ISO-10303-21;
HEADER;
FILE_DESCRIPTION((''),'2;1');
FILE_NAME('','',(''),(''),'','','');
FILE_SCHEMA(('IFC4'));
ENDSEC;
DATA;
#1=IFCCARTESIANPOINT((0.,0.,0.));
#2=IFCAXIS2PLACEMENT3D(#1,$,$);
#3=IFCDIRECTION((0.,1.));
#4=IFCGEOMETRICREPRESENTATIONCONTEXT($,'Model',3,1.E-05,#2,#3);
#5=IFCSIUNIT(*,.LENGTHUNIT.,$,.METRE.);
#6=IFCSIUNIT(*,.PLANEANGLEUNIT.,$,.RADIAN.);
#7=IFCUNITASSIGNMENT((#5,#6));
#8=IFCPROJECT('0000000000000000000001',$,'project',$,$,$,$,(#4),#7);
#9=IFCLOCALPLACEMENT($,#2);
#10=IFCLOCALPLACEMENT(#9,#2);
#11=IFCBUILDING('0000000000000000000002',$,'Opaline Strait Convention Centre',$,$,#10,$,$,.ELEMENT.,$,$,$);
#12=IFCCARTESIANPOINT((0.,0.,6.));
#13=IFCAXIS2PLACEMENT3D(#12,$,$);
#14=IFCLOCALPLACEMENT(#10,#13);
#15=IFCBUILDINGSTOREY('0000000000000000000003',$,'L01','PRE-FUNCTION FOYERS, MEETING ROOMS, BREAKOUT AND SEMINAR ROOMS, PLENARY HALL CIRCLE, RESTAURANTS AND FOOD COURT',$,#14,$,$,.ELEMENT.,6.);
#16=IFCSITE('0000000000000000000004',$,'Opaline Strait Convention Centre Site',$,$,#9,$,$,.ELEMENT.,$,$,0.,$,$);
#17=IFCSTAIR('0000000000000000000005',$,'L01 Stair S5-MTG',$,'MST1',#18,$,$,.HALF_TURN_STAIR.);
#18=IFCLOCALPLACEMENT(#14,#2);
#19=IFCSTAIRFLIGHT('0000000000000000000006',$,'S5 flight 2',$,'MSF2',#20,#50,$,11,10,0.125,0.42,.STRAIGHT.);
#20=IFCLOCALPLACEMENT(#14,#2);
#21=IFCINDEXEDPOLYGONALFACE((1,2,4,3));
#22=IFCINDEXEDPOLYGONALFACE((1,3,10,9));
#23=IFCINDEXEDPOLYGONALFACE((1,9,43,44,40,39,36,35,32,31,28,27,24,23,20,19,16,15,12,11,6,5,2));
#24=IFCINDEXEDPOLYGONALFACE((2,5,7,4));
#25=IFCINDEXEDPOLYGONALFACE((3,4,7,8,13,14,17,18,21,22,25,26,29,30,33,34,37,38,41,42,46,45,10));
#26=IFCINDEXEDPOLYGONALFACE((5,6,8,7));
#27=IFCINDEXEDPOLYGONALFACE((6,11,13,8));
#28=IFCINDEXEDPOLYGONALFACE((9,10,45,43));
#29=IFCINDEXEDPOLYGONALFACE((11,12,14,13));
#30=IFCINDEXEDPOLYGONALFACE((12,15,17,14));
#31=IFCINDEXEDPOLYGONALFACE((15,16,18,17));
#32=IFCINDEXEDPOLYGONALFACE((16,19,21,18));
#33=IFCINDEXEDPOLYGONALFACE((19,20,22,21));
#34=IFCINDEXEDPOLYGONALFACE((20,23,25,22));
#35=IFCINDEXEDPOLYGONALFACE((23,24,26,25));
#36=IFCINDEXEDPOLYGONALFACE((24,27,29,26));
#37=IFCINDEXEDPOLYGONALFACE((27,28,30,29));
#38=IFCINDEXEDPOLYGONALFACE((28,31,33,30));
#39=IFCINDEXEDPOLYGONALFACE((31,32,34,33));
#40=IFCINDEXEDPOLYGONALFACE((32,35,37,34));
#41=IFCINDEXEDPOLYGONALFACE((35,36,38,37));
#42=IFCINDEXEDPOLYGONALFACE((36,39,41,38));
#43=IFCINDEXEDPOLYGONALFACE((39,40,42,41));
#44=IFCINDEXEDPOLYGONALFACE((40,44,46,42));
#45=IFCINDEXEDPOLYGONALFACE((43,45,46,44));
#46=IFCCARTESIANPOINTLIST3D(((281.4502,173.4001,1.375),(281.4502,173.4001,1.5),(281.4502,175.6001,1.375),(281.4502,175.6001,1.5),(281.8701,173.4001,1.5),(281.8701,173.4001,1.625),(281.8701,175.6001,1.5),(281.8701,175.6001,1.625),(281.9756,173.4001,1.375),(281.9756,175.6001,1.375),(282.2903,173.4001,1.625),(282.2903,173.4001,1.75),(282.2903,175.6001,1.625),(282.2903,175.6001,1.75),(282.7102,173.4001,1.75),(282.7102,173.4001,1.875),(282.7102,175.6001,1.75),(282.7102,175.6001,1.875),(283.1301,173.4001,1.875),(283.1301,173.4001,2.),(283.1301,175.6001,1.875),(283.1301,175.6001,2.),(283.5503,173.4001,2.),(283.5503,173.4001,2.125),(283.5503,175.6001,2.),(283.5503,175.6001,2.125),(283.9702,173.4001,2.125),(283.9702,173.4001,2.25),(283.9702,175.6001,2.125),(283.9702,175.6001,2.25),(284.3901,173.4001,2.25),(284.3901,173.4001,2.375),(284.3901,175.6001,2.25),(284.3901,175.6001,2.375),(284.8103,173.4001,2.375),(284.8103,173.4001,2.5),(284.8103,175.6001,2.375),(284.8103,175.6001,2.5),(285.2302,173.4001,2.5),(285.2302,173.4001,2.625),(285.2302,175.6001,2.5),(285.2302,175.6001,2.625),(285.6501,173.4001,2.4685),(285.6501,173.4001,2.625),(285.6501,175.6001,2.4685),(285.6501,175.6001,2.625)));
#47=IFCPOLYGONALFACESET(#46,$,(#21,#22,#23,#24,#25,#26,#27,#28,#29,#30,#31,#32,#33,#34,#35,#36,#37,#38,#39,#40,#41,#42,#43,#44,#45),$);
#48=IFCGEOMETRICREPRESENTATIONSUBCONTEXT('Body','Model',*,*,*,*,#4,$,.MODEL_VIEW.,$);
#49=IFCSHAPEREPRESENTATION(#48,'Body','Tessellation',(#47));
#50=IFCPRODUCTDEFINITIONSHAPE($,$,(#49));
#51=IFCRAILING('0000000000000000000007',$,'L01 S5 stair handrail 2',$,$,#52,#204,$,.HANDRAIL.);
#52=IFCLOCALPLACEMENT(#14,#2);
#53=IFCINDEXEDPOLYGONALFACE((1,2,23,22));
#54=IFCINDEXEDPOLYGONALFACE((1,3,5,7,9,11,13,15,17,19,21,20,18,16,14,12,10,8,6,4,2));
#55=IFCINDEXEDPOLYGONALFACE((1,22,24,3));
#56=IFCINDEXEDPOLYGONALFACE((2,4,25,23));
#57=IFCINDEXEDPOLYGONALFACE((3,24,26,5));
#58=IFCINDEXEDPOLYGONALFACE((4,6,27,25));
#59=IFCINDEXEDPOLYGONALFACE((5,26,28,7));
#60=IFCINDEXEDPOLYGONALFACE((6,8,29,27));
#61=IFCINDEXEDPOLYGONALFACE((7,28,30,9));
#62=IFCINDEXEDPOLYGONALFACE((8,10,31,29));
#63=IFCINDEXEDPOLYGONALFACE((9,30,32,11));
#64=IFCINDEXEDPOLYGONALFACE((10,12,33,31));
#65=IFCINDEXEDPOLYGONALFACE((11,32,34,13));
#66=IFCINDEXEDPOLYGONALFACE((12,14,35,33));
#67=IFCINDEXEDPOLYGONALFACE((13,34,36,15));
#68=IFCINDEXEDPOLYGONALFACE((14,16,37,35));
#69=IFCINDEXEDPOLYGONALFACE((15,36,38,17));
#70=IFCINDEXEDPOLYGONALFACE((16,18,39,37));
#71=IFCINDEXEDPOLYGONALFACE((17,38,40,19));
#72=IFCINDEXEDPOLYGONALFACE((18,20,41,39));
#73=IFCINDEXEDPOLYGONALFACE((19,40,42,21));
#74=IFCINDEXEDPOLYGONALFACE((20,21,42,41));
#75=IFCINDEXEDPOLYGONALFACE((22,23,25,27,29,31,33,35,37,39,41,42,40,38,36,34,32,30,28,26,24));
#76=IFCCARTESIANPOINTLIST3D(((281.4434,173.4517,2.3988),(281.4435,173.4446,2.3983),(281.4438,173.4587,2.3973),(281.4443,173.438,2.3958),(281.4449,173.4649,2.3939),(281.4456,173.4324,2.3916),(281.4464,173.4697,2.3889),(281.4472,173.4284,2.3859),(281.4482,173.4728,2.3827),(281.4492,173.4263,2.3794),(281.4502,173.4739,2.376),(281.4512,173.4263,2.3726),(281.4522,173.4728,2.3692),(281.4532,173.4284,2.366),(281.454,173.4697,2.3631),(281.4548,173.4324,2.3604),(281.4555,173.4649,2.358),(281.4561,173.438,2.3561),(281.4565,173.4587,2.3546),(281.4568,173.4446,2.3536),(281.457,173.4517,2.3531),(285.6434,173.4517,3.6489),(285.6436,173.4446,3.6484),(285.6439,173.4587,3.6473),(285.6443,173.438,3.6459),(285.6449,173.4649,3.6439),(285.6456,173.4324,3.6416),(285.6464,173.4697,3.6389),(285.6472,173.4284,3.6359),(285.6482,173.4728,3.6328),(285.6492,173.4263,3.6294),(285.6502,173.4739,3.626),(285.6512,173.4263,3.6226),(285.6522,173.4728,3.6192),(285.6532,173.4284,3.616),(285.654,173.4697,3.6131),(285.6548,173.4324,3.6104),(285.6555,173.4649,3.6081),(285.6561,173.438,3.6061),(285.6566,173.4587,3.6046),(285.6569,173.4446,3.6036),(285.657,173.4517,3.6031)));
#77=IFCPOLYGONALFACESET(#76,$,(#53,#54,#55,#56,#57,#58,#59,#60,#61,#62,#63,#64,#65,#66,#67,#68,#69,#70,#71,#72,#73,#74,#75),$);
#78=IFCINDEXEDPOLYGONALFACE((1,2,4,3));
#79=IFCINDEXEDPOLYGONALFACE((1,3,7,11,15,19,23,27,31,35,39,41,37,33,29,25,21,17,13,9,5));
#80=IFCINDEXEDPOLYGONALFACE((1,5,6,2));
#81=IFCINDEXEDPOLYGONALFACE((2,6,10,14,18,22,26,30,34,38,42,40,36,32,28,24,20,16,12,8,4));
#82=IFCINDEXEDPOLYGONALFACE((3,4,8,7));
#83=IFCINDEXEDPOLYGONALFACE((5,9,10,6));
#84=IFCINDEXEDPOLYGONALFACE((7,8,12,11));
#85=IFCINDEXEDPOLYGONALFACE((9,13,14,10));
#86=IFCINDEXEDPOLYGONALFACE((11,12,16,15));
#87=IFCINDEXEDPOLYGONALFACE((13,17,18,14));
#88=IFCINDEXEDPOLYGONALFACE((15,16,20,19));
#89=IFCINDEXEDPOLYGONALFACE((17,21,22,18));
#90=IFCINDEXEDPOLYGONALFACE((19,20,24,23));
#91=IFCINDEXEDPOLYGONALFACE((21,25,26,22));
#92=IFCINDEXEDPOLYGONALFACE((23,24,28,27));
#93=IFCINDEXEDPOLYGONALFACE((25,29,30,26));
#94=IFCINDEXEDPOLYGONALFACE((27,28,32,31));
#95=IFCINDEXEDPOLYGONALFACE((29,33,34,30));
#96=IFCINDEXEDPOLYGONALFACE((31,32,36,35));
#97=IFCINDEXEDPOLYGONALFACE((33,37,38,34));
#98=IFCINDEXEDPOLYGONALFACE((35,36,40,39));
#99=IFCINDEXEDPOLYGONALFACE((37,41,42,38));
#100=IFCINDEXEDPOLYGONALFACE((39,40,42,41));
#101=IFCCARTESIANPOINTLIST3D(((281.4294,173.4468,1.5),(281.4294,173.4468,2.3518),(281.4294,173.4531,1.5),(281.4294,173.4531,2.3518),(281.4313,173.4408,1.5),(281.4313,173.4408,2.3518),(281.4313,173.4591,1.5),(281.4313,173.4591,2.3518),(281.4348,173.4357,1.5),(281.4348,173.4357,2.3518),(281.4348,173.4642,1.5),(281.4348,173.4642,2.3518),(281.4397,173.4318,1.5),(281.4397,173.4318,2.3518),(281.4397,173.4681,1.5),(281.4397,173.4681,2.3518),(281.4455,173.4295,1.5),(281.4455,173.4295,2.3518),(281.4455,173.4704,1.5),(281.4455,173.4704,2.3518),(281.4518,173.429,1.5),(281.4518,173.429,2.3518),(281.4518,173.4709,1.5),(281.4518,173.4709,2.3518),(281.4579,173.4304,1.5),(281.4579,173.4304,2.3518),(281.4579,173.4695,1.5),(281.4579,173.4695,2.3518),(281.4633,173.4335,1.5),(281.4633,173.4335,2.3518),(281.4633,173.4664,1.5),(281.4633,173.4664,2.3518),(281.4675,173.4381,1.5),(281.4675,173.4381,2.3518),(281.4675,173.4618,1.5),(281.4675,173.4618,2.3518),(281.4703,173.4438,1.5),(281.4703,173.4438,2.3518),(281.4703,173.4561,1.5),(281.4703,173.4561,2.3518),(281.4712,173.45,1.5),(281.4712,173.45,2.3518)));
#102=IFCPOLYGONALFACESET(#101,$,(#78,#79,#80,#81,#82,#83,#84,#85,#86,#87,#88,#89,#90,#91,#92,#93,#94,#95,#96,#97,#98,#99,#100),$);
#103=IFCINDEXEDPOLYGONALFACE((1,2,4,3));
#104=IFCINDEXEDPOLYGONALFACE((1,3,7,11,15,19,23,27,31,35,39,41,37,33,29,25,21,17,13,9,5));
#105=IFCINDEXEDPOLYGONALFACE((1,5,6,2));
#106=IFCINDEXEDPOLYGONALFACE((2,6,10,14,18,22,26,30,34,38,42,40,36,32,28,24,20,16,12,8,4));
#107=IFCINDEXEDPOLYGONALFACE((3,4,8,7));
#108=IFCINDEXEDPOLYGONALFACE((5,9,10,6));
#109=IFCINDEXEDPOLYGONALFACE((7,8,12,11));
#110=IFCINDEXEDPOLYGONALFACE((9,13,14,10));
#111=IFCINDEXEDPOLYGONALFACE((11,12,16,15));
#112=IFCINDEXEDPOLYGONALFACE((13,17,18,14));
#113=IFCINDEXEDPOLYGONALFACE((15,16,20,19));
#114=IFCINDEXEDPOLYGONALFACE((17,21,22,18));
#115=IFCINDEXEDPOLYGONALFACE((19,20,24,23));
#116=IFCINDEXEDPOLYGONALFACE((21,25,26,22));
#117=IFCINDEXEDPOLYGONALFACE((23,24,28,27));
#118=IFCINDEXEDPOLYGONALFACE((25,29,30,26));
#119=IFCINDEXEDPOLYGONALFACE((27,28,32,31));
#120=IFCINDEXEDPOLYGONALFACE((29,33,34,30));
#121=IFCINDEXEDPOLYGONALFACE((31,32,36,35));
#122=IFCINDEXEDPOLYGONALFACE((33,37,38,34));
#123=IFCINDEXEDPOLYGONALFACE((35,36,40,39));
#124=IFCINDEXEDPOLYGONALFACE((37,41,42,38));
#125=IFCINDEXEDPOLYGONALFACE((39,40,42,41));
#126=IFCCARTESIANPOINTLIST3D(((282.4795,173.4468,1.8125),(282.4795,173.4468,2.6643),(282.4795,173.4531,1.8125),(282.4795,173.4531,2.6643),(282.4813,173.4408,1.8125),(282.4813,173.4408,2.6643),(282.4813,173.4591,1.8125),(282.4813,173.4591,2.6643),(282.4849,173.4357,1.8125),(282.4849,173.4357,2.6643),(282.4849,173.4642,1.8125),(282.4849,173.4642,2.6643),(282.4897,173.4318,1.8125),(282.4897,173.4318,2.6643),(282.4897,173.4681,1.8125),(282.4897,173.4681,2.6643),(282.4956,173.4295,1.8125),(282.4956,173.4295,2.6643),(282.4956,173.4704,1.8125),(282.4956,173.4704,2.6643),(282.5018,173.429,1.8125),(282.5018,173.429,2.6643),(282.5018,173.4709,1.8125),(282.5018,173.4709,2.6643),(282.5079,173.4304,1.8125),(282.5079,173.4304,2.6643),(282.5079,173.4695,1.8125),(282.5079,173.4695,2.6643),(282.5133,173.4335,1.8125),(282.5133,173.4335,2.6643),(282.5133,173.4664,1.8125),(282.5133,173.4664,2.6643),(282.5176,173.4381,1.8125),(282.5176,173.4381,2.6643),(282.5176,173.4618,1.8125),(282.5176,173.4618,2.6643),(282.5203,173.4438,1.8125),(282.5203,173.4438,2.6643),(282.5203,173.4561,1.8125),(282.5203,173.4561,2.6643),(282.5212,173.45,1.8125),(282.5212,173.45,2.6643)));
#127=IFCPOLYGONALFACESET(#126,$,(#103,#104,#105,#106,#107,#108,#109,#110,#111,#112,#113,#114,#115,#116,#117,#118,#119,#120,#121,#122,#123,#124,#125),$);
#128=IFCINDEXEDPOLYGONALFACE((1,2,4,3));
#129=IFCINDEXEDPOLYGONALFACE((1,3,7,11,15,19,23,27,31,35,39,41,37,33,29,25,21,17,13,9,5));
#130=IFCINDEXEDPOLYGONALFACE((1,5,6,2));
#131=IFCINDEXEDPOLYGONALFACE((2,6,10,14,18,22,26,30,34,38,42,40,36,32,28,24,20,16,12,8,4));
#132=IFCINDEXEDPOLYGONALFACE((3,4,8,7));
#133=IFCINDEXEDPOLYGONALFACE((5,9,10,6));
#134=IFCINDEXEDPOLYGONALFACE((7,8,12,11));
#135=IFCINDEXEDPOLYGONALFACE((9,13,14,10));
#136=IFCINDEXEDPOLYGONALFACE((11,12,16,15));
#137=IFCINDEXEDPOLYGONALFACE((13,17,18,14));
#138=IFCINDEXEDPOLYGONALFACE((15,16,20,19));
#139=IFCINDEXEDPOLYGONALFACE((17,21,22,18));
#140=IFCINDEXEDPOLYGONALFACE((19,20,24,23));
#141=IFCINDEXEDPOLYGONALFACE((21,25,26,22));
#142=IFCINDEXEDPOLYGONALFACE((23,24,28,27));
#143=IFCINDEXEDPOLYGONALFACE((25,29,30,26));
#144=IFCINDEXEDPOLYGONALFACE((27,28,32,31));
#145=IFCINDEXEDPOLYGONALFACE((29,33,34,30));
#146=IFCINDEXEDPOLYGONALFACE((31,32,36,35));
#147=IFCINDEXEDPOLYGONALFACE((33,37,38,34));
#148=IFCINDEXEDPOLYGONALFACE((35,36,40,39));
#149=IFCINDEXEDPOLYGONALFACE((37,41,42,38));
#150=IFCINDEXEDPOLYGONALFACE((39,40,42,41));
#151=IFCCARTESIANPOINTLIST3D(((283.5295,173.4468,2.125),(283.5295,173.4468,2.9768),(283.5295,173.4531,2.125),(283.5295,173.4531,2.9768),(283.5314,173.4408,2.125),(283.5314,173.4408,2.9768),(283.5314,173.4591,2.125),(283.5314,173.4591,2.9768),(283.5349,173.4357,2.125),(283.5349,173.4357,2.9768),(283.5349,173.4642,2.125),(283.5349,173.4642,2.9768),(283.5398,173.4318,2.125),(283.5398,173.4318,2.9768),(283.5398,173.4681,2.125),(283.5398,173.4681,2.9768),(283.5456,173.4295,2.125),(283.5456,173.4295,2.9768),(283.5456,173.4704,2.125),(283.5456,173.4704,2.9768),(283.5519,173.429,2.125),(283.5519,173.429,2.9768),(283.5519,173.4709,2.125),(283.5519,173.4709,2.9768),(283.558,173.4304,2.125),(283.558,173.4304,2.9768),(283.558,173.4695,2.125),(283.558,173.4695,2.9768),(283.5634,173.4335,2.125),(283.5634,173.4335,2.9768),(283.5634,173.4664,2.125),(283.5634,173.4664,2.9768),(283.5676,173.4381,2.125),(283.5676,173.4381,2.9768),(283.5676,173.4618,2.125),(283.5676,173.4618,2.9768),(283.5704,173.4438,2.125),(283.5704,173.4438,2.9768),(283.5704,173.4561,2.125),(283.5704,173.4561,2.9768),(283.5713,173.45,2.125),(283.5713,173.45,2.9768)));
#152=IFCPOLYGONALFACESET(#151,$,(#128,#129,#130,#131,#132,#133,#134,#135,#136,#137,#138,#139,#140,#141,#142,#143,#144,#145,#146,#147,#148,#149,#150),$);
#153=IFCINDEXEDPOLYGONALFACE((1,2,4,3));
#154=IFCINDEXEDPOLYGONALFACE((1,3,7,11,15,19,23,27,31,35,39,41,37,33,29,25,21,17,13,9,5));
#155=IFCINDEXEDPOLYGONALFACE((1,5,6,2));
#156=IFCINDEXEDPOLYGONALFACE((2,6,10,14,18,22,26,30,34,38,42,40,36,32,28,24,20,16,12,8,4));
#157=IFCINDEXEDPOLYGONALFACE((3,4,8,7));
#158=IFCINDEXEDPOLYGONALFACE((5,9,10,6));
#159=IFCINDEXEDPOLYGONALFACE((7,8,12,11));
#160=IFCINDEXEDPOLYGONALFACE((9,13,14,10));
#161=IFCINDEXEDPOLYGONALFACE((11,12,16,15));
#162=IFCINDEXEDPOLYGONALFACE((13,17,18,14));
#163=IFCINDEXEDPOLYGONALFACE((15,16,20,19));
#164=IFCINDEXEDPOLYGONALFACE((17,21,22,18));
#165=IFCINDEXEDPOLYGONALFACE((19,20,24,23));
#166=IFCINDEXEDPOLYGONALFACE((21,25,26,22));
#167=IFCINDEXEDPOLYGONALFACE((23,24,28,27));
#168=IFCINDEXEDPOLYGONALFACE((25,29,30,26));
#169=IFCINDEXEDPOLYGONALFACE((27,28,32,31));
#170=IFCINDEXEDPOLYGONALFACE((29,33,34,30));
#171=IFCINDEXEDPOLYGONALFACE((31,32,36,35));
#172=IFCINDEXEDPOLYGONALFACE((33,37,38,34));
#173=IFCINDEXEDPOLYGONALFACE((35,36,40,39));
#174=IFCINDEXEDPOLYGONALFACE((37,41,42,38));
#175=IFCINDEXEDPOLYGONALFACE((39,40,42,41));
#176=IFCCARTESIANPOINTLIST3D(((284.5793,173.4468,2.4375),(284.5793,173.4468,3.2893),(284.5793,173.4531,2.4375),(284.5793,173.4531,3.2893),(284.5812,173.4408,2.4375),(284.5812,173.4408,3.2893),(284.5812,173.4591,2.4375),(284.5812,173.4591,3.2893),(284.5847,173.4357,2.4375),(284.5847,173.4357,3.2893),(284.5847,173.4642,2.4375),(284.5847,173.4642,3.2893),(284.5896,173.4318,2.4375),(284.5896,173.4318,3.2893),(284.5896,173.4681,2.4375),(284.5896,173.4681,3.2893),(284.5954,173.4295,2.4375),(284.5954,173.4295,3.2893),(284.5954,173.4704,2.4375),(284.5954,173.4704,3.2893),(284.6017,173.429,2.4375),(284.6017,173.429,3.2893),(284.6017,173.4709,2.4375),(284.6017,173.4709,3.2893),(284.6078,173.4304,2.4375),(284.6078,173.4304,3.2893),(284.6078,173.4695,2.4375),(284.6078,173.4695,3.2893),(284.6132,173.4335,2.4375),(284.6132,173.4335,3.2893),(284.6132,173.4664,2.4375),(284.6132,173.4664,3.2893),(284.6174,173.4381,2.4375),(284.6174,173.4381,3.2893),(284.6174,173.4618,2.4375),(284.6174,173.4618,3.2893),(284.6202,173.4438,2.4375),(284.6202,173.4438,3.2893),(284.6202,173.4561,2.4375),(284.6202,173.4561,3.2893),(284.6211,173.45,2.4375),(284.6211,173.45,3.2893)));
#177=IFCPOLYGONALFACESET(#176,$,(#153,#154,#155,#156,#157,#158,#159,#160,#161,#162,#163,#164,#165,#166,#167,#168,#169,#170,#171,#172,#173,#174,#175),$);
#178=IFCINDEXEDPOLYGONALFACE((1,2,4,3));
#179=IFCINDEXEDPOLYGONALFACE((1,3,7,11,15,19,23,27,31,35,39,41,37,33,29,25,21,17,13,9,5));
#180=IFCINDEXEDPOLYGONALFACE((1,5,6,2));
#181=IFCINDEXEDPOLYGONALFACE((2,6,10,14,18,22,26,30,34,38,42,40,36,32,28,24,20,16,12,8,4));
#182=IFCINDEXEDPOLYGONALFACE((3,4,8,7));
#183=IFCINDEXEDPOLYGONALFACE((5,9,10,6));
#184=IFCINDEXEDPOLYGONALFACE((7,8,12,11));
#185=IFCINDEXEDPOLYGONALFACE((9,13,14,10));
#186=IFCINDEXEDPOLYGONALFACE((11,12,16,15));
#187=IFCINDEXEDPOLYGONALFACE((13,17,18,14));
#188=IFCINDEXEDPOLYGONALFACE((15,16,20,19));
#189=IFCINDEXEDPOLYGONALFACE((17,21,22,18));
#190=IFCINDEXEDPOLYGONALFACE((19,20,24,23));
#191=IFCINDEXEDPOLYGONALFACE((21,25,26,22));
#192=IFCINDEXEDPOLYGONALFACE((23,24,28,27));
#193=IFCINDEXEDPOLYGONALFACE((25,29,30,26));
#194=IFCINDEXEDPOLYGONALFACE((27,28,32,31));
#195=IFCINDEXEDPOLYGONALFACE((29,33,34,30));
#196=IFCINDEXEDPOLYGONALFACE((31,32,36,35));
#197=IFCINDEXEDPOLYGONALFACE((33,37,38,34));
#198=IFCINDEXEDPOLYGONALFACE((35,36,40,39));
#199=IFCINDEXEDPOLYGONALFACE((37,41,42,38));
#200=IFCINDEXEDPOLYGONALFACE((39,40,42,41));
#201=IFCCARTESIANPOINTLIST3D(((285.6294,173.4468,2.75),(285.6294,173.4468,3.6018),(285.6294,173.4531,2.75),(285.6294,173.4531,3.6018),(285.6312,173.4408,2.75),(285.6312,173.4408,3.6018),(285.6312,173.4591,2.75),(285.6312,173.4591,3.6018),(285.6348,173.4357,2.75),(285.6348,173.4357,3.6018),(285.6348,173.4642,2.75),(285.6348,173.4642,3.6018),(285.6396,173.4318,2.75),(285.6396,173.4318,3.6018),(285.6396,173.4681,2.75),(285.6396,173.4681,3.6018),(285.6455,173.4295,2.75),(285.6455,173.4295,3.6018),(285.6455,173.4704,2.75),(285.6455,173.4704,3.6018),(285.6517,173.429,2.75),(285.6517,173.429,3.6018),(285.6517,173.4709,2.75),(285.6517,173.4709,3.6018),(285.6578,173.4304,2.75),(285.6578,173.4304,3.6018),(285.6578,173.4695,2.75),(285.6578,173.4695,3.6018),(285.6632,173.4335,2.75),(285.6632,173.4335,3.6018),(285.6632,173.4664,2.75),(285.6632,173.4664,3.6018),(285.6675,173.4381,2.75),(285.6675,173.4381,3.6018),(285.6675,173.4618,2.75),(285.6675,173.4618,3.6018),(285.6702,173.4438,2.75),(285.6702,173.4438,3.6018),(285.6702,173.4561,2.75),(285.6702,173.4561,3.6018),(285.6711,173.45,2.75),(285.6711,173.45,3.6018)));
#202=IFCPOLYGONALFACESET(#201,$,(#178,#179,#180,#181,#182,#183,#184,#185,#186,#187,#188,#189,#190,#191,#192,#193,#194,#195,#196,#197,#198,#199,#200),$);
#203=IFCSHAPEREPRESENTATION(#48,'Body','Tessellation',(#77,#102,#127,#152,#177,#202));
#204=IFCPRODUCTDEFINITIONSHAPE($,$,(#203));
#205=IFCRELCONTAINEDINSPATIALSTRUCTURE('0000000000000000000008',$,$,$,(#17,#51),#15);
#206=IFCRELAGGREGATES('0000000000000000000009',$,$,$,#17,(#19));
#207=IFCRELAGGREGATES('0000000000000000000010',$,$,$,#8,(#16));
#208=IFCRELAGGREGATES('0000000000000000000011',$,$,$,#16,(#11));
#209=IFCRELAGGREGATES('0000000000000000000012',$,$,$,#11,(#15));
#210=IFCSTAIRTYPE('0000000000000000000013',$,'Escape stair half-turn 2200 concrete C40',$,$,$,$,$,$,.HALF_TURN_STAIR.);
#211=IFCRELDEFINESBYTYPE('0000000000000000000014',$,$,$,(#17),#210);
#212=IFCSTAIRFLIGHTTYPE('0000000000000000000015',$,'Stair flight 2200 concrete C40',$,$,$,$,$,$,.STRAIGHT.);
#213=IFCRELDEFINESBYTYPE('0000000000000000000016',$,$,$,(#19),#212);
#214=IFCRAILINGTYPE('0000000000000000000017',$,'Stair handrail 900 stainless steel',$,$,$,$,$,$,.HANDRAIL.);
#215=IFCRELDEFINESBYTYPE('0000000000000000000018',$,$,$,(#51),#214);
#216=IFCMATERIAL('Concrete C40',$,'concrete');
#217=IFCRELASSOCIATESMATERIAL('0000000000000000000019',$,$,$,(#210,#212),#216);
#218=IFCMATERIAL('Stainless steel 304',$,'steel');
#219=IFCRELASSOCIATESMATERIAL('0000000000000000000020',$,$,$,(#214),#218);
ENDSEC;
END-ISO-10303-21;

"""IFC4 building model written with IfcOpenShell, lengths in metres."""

from ifc_helpers import new_model, si_unit, direction, frame, origin, origin_2d, place, context, subcontext, project, spatial, polyline, circle, outline, extrude, material, type_object, element, aggregate, save


model = new_model("IFC4")

# Units and contexts
model_context = context("Model", 3, precision=1e-05, world=origin(), true_north=direction((0.0, 1.0)))
body_context = subcontext(model_context, "Body", "Model", "MODEL_VIEW")
ifc_project = project(units=[si_unit("LENGTHUNIT", "METRE"), si_unit("PLANEANGLEUNIT", "RADIAN")], contexts=[model_context])

# Site, building, storey
site_placement = place(None, origin())
site = spatial("IfcSite", under=ifc_project, at=site_placement, Name="Opaline Strait Convention Centre Site", CompositionType="ELEMENT", RefElevation=0.0)
building_placement = place(site_placement, origin())
building = spatial("IfcBuilding", under=site, at=building_placement, Name="Opaline Strait Convention Centre", CompositionType="ELEMENT")
storey_placement = place(building_placement, frame((0.0, 0.0, 6.0)))
storey = spatial("IfcBuildingStorey", under=building, at=storey_placement, Name="L01", Description="PRE-FUNCTION FOYERS, MEETING ROOMS, BREAKOUT AND SEMINAR ROOMS, PLENARY HALL CIRCLE, RESTAURANTS AND FOOD COURT", CompositionType="ELEMENT", Elevation=6.0)

# Shared definitions
ifc_material_1 = material(Name="Concrete C40", Category="concrete")

# Stair, stair flight
stair_type = type_object("IfcStairType", Name="Escape stair half-turn 2200 concrete C40", PredefinedType="HALF_TURN_STAIR", material=ifc_material_1)
stair_placement = place(storey_placement, origin())
stair = element("IfcStair", 1, at=stair_placement, inside=storey, type_object=stair_type, Name="L01 Stair S5-MTG", ObjectType="MST1", PredefinedType="HALF_TURN_STAIR")
stair_flight_type = type_object("IfcStairFlightType", Name="Stair flight 2200 concrete C40", PredefinedType="STRAIGHT", material=ifc_material_1)
stair_flight_placement = place(storey_placement, frame((281.4502, 174.5, 1.375), z_axis=(0.0, 0.0, 1.0), x_axis=(1.0, 0.0, 0.0)))
stair_flight = element("IfcStairFlight", 2, at=stair_flight_placement, type_object=stair_flight_type, Name="S5 flight 2", ObjectType="MSF2", NumberOfRisers=11, NumberOfTreads=10, PredefinedType="STRAIGHT", RiserHeight=0.125, TreadLength=0.42, context=body_context, shape_type="SweptSolid", body=[
    extrude(outline(polyline([(0.0, 0.0), (0.0, 0.125), (0.4199, 0.125), (0.4199, 0.25), (0.8401, 0.25), (0.8401, 0.375), (1.26, 0.375), (1.26, 0.5), (1.6799, 0.5), (1.6799, 0.625), (2.1001, 0.625), (2.1001, 0.75), (2.52, 0.75), (2.52, 0.875), (2.9399, 0.875), (2.9399, 1.0), (3.3601, 1.0), (3.3601, 1.125), (3.78, 1.125), (3.78, 1.25), (4.2, 1.25), (4.2, 1.375), (4.2, 1.0935), (0.5254, 0.0), (0.0, 0.0)])), frame((0.0, 1.1001, 0.0), z_axis=(0.0, -1.0, 0.0), x_axis=(1.0, 0.0, 0.0)), (0.0, 0.0, 1.0), 2.2),
])
aggregate(stair, [stair_flight])

# Railing
ifc_material_2 = material(Name="Stainless steel 304", Category="steel")
railing_type = type_object("IfcRailingType", Name="Stair handrail 900 stainless steel", PredefinedType="HANDRAIL", material=ifc_material_2)
for number, where, name in (
    (3, (281.4502, 173.45, 1.5), "L01 S5 stair handrail 2"),
):
    element("IfcRailing", number, at=place(storey_placement, frame(where)), inside=storey, type_object=railing_type, Name=name, PredefinedType="HANDRAIL", context=body_context, shape_type="SweptSolid", body=[
        extrude(circle(Radius=0.0239, at=origin_2d()), frame((0.0, 0.0, 0.876), z_axis=(0.958451, 0.0, 0.285257), x_axis=(0.0, 1.0, 0.0)), (0.0, 0.0, 1.0), 4.3821),
        extrude(circle(Radius=0.021, at=origin_2d()), origin(), (0.0, 0.0, 1.0), 0.8518),
        extrude(circle(Radius=0.021, at=origin_2d()), frame((1.05, 0.0, 0.3125)), (0.0, 0.0, 1.0), 0.8518),
        extrude(circle(Radius=0.021, at=origin_2d()), frame((2.1001, 0.0, 0.625)), (0.0, 0.0, 1.0), 0.8518),
        extrude(circle(Radius=0.021, at=origin_2d()), frame((3.1499, 0.0, 0.9375)), (0.0, 0.0, 1.0), 0.8518),
        extrude(circle(Radius=0.021, at=origin_2d()), frame((4.2, 0.0, 1.25)), (0.0, 0.0, 1.0), 0.8518),
    ])

save(model, "model.ifc")
